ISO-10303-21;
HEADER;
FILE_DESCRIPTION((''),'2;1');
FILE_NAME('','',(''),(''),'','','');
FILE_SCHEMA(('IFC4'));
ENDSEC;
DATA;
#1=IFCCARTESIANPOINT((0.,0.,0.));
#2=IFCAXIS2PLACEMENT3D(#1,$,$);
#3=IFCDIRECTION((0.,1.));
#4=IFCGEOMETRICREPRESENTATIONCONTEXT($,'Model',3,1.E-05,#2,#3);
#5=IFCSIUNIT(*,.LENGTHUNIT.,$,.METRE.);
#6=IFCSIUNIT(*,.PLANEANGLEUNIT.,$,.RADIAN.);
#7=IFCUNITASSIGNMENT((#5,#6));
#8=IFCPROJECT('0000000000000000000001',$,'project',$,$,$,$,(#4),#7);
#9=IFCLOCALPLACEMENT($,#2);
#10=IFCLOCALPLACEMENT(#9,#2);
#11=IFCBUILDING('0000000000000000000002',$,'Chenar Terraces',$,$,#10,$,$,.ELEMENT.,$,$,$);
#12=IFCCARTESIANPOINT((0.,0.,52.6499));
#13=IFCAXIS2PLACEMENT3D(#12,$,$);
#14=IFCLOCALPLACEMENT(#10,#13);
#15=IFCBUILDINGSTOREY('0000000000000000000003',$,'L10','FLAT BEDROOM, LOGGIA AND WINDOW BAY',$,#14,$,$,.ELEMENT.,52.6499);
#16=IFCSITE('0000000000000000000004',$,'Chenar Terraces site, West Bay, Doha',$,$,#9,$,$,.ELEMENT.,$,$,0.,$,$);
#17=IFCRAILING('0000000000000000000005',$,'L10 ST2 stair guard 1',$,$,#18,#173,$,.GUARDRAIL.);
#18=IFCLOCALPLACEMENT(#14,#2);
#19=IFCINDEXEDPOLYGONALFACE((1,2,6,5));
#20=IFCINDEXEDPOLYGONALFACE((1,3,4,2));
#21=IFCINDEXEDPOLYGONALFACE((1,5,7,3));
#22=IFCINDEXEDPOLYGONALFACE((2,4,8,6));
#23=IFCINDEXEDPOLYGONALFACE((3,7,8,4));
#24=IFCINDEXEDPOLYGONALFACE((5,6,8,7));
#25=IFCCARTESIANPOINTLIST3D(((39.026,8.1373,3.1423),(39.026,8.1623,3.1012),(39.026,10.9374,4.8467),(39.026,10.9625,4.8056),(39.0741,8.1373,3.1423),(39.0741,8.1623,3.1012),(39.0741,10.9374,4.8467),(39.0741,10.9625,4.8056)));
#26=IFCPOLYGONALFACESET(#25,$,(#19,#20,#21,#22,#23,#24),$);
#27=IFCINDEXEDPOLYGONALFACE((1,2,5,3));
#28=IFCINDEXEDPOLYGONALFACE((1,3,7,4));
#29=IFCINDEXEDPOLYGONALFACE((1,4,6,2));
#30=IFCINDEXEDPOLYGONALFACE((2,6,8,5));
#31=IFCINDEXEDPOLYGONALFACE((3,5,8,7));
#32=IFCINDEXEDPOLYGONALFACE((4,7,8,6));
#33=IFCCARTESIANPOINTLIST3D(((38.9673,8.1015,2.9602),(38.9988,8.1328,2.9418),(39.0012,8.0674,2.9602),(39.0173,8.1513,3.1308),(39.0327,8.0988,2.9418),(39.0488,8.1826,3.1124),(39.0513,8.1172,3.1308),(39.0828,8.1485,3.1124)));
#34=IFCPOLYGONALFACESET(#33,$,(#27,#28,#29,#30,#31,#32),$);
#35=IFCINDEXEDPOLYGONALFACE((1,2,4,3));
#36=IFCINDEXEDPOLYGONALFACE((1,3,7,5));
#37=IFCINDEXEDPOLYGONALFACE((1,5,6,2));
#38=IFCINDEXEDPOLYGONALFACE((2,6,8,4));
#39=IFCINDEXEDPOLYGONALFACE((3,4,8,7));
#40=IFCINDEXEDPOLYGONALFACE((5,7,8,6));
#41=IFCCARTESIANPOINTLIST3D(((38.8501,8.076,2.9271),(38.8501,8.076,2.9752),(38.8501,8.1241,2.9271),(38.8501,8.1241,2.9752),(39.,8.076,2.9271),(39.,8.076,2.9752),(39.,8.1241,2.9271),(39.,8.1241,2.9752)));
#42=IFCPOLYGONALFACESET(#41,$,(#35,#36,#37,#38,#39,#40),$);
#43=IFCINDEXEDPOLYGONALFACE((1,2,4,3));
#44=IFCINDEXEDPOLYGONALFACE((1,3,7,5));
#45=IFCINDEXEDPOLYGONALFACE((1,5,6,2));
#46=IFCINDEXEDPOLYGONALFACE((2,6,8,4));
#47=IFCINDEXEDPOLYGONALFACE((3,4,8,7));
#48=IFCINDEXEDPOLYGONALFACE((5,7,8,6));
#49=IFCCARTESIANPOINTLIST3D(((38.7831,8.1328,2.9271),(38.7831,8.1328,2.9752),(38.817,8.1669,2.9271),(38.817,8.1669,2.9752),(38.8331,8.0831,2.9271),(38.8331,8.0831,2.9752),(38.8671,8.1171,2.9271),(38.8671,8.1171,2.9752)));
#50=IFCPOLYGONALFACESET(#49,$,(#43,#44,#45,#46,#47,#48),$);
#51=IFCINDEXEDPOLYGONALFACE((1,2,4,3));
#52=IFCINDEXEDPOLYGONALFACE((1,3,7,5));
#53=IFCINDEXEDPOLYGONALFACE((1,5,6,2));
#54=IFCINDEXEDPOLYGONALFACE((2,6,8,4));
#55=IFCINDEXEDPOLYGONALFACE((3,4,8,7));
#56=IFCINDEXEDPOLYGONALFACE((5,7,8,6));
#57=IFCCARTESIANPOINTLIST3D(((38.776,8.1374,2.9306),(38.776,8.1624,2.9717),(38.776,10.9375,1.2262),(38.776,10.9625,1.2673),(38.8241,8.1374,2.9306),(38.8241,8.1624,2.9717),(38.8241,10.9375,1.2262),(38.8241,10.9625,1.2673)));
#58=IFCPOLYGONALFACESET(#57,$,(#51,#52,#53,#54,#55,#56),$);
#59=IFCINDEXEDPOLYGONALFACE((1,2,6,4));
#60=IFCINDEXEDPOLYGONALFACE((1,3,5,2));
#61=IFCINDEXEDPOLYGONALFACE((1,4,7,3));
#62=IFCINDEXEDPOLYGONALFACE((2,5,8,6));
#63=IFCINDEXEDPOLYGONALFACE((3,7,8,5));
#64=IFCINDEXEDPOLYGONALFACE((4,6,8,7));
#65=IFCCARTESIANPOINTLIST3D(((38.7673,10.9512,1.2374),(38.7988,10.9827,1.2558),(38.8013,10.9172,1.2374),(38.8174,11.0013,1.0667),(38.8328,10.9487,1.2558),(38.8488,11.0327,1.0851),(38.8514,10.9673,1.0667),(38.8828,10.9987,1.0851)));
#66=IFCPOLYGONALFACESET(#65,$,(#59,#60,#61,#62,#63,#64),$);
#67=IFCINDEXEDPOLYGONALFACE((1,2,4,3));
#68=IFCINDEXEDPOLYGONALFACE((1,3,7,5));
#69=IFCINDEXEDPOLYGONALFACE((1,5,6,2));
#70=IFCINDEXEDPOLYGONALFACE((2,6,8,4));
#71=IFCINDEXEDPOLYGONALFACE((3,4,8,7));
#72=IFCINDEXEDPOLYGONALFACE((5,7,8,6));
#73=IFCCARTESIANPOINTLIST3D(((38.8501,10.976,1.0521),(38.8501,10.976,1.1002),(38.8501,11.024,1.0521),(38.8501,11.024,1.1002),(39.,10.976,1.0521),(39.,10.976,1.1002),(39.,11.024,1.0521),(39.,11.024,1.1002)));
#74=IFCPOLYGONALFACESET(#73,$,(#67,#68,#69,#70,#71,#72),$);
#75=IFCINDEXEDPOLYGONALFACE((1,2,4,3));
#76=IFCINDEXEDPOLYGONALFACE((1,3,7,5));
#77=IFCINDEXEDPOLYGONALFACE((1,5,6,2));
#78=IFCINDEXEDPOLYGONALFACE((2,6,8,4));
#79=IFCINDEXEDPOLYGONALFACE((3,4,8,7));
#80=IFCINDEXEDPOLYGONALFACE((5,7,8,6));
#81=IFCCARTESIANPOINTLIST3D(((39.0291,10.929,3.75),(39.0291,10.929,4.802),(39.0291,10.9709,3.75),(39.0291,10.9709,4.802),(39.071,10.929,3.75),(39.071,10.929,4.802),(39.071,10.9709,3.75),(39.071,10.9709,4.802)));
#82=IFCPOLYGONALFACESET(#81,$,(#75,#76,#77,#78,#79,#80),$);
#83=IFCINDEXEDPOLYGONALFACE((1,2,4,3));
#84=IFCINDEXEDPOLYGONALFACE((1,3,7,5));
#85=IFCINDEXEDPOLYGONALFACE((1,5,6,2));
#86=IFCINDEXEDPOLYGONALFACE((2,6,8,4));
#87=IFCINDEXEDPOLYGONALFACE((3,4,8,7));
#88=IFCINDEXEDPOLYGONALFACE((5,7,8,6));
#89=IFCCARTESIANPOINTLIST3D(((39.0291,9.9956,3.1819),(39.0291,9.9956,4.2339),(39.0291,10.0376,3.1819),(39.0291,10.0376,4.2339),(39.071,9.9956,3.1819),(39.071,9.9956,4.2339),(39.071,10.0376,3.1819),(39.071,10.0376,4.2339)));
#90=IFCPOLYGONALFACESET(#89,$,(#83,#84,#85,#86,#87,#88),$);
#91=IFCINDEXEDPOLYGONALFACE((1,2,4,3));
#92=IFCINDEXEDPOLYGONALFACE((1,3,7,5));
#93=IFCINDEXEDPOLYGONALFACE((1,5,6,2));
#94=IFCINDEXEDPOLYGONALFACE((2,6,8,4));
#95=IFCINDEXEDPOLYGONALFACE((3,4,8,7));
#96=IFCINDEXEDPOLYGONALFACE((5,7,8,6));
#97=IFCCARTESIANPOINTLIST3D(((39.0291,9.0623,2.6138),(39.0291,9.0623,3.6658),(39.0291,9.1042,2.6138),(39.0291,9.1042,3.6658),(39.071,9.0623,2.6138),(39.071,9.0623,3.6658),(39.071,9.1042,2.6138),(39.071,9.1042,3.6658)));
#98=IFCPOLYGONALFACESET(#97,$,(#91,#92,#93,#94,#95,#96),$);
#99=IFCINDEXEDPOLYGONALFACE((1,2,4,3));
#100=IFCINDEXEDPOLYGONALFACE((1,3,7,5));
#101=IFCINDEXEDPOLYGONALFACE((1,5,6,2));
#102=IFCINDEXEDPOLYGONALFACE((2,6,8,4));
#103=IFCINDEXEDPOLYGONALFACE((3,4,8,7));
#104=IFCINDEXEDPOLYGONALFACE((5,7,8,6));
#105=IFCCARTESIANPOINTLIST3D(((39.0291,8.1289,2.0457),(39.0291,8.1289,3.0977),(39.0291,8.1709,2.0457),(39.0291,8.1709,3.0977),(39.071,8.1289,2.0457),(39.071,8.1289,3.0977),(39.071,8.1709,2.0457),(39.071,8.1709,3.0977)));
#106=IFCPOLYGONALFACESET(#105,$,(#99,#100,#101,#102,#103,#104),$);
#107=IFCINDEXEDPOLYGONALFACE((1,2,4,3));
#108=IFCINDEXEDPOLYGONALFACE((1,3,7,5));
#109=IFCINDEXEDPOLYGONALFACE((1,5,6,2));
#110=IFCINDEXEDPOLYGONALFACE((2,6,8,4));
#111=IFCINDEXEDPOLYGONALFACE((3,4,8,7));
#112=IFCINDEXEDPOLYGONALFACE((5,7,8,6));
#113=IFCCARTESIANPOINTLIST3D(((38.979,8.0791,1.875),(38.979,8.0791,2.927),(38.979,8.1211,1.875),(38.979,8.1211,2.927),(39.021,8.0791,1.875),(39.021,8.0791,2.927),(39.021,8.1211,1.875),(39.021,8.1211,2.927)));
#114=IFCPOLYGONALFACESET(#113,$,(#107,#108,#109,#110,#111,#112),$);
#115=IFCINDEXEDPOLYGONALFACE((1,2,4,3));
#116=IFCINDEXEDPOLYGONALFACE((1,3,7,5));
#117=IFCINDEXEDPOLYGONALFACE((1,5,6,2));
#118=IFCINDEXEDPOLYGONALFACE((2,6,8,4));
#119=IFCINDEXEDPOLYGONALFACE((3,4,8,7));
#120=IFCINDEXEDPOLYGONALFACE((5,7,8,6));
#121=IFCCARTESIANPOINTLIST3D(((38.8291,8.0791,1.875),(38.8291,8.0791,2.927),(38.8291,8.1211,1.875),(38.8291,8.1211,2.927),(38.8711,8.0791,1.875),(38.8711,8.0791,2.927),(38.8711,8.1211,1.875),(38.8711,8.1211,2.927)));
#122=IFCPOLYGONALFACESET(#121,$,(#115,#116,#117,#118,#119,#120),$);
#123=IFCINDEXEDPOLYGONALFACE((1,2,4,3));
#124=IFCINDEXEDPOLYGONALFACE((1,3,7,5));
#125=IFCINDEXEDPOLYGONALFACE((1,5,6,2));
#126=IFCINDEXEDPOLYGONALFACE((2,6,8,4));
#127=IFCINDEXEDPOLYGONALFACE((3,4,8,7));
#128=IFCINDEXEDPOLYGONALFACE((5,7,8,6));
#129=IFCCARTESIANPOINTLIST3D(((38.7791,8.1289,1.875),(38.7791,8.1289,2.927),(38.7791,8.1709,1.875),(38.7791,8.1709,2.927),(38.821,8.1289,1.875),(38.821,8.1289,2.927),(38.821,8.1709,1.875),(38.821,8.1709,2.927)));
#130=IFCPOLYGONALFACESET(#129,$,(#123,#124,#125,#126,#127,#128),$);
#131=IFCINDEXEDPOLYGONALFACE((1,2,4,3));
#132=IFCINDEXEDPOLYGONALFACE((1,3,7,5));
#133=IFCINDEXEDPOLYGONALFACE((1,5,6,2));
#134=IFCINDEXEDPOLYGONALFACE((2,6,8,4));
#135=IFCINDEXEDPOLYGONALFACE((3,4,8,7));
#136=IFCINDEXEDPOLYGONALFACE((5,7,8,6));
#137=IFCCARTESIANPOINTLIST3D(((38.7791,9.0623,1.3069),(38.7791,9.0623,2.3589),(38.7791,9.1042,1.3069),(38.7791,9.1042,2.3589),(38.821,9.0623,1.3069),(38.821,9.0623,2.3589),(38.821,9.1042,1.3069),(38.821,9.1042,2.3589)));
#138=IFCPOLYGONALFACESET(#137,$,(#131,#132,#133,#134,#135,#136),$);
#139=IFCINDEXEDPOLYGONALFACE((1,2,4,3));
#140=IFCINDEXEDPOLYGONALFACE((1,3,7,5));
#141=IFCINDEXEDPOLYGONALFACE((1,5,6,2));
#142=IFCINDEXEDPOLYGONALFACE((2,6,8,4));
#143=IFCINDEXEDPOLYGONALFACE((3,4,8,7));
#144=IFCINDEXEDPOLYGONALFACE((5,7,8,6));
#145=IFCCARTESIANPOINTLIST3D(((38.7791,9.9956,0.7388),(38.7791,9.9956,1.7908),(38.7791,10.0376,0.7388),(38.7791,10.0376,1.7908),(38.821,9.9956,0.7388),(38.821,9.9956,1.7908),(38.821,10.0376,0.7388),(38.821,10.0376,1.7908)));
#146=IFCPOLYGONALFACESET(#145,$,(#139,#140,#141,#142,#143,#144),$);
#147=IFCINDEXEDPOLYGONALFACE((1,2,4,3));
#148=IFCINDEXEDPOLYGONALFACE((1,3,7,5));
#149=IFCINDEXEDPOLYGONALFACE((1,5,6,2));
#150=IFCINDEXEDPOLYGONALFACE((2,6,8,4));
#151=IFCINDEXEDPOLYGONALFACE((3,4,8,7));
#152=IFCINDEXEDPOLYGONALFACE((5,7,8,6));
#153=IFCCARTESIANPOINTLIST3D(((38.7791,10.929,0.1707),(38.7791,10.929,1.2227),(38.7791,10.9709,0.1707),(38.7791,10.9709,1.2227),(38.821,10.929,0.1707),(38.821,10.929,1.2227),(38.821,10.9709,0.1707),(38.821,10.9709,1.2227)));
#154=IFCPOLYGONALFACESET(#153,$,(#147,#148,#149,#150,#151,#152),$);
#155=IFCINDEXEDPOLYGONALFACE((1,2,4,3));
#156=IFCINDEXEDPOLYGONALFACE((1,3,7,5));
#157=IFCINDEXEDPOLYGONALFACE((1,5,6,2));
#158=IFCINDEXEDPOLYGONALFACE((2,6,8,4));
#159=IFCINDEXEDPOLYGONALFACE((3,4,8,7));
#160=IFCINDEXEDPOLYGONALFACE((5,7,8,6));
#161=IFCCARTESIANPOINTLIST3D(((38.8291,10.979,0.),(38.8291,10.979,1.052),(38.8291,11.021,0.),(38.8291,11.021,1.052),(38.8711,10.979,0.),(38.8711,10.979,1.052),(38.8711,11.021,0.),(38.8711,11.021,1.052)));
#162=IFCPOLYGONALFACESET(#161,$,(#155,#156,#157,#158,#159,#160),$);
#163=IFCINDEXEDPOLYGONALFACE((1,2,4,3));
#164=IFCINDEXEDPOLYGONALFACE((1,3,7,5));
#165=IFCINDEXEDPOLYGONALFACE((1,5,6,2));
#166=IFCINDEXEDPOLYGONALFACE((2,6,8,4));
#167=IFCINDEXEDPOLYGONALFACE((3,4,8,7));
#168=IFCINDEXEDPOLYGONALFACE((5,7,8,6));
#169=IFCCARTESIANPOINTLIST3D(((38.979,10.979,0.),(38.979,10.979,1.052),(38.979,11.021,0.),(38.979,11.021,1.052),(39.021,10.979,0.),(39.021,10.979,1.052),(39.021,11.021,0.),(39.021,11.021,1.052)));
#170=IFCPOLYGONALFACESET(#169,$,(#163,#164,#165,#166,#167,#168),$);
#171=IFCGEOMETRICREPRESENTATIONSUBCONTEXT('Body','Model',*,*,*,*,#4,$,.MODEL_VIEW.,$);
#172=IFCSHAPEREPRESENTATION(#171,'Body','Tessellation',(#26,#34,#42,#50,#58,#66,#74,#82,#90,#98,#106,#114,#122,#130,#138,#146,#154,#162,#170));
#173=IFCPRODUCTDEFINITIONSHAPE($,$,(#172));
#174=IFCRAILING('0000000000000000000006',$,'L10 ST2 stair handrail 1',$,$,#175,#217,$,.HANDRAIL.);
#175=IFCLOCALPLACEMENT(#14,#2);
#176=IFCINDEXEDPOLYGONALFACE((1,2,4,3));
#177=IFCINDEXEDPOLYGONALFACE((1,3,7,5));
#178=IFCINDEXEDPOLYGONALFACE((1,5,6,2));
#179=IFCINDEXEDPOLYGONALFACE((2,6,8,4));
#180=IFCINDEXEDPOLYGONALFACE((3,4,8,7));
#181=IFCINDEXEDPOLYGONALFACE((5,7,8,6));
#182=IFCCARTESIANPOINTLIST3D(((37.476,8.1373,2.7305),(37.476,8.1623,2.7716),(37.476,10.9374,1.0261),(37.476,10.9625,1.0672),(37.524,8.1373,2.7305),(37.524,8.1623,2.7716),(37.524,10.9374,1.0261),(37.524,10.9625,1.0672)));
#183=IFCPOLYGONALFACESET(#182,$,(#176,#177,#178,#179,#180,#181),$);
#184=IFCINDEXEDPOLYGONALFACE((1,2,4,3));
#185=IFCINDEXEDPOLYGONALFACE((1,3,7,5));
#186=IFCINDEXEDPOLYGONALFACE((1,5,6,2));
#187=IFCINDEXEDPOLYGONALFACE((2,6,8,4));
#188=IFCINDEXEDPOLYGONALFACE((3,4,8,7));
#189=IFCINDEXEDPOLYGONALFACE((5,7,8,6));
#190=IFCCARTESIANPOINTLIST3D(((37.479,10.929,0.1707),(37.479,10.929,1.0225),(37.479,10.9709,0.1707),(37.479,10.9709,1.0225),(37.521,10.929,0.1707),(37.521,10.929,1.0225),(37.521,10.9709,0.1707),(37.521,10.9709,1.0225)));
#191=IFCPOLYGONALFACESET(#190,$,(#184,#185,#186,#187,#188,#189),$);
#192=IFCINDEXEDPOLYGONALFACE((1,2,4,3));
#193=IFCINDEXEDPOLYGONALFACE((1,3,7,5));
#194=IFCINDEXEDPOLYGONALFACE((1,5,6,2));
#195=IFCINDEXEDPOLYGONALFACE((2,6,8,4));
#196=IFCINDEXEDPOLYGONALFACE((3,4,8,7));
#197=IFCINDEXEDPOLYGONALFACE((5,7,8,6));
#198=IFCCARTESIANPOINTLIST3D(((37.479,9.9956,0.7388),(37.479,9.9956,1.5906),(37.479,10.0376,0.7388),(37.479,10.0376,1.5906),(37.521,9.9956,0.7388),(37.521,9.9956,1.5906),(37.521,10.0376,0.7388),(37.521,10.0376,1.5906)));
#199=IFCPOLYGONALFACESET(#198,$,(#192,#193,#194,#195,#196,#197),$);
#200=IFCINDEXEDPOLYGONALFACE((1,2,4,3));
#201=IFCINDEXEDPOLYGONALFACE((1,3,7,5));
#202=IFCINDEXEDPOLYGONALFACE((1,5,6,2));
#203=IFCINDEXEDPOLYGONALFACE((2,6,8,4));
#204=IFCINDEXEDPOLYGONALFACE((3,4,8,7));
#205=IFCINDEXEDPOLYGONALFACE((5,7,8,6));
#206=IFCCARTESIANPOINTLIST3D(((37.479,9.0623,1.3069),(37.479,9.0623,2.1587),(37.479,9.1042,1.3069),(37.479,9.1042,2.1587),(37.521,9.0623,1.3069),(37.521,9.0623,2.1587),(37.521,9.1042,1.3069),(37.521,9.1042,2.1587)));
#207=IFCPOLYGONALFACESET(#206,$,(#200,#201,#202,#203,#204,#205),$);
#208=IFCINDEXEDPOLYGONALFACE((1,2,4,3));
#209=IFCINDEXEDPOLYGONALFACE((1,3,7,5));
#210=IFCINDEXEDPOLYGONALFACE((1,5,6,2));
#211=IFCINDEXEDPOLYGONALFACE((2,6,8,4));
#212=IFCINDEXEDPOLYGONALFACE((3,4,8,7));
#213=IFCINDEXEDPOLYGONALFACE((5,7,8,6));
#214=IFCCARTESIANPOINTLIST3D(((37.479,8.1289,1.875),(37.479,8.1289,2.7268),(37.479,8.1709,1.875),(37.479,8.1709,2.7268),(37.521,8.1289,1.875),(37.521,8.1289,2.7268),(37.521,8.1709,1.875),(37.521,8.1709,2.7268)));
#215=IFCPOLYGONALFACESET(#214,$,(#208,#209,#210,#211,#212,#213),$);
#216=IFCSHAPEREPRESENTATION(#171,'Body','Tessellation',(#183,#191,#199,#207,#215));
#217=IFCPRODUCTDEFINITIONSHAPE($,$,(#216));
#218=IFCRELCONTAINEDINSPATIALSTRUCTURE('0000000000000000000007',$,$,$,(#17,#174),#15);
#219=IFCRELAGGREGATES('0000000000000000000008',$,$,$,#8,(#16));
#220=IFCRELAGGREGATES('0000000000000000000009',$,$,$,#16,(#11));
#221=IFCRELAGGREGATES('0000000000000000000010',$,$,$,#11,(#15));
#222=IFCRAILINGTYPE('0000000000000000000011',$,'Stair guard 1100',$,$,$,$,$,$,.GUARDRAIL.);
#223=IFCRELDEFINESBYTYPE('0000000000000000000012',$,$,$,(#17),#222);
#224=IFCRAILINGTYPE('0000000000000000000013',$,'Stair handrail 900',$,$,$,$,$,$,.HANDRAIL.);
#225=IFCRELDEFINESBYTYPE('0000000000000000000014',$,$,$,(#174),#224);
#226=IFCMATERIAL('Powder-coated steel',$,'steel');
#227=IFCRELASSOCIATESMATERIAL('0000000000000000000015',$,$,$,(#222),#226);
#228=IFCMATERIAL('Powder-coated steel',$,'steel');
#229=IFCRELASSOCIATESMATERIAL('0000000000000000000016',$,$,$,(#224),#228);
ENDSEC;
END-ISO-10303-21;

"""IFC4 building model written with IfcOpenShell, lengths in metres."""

from ifc_helpers import new_model, si_unit, direction, frame, origin, origin_2d, place, context, subcontext, project, spatial, rectangle, extrude, material, type_object, element, save


model = new_model("IFC4")

# Units and contexts
model_context = context("Model", 3, precision=1e-05, world=origin(), true_north=direction((0.0, 1.0)))
body_context = subcontext(model_context, "Body", "Model", "MODEL_VIEW")
ifc_project = project(units=[si_unit("LENGTHUNIT", "METRE"), si_unit("PLANEANGLEUNIT", "RADIAN")], contexts=[model_context])

# Site, building, storey
site_placement = place(None, origin())
site = spatial("IfcSite", under=ifc_project, at=site_placement, Name="Chenar Terraces site, West Bay, Doha", CompositionType="ELEMENT", RefElevation=0.0)
building_placement = place(site_placement, origin())
building = spatial("IfcBuilding", under=site, at=building_placement, Name="Chenar Terraces", CompositionType="ELEMENT")
storey_placement = place(building_placement, frame((0.0, 0.0, 52.6499)))
storey = spatial("IfcBuildingStorey", under=building, at=storey_placement, Name="L10", Description="FLAT BEDROOM, LOGGIA AND WINDOW BAY", CompositionType="ELEMENT", Elevation=52.6499)

# Railings
ifc_material_1 = material(Name="Powder-coated steel", Category="steel")
railing_type_1 = type_object("IfcRailingType", Name="Stair guard 1100", PredefinedType="GUARDRAIL", material=ifc_material_1)
railing_1_placement = place(storey_placement, frame((39.05, 10.95, 3.75)))
element("IfcRailing", 1, at=railing_1_placement, inside=storey, type_object=railing_type_1, Name="L10 ST2 stair guard 1", PredefinedType="GUARDRAIL", context=body_context, shape_type="SweptSolid", body=[
    extrude(rectangle(XDim=0.0481, YDim=0.0481, at=origin_2d()), frame((0.0, 0.0, 1.0762), z_axis=(0.0, -0.854203, -0.51994), x_axis=(1.0, 0.0, 0.0)), (0.0, 0.0, 1.0), 3.2781),
    extrude(rectangle(XDim=0.0481, YDim=0.0481, at=origin_2d()), frame((0.0, -2.8, -0.6284), z_axis=(-0.270997, -0.269675, -0.924033), x_axis=(0.705376, -0.708834, 0.0)), (0.0, 0.0, 1.0), 0.1846),
    extrude(rectangle(XDim=0.0481, YDim=0.0481, at=origin_2d()), frame((-0.05, -2.8499, -0.7988), z_axis=(-1.0, 0.0, 0.0), x_axis=(0.0, -1.0, 0.0)), (0.0, 0.0, 1.0), 0.1499),
    extrude(rectangle(XDim=0.0481, YDim=0.0481, at=origin_2d()), frame((-0.2, -2.8499, -0.7988), z_axis=(-0.708834, 0.705376, 0.0), x_axis=(-0.705376, -0.708834, 0.0)), (0.0, 0.0, 1.0), 0.0706),
    extrude(rectangle(XDim=0.0481, YDim=0.0481, at=origin_2d()), frame((-0.25, -2.8, -0.7988), z_axis=(0.0, 0.854203, -0.51994), x_axis=(-1.0, 0.0, 0.0)), (0.0, 0.0, 1.0), 3.2781),
    extrude(rectangle(XDim=0.0481, YDim=0.0481, at=origin_2d()), frame((-0.25, 0.0, -2.5034), z_axis=(0.2709, 0.2709, -0.923703), x_axis=(-0.707107, 0.707107, 0.0)), (0.0, 0.0, 1.0), 0.1848),
    extrude(rectangle(XDim=0.0481, YDim=0.0481, at=origin_2d()), frame((-0.2, 0.05, -2.6738), z_axis=(1.0, 0.0, 0.0), x_axis=(0.0, 1.0, 0.0)), (0.0, 0.0, 1.0), 0.1499),
    extrude(rectangle(XDim=0.042, YDim=0.042, at=origin_2d()), origin(), (0.0, 0.0, 1.0), 1.052),
    extrude(rectangle(XDim=0.042, YDim=0.042, at=origin_2d()), frame((0.0, -0.9333, -0.5681)), (0.0, 0.0, 1.0), 1.052),
    extrude(rectangle(XDim=0.042, YDim=0.042, at=origin_2d()), frame((0.0, -1.8667, -1.1362)), (0.0, 0.0, 1.0), 1.052),
    extrude(rectangle(XDim=0.042, YDim=0.042, at=origin_2d()), frame((0.0, -2.8, -1.7043)), (0.0, 0.0, 1.0), 1.052),
    extrude(rectangle(XDim=0.042, YDim=0.042, at=origin_2d()), frame((-0.05, -2.8499, -1.875)), (0.0, 0.0, 1.0), 1.052),
    extrude(rectangle(XDim=0.042, YDim=0.042, at=origin_2d()), frame((-0.2, -2.8499, -1.875)), (0.0, 0.0, 1.0), 1.052),
    extrude(rectangle(XDim=0.042, YDim=0.042, at=origin_2d()), frame((-0.25, -2.8, -1.875)), (0.0, 0.0, 1.0), 1.052),
    extrude(rectangle(XDim=0.042, YDim=0.042, at=origin_2d()), frame((-0.25, -1.8667, -2.4431)), (0.0, 0.0, 1.0), 1.052),
    extrude(rectangle(XDim=0.042, YDim=0.042, at=origin_2d()), frame((-0.25, -0.9333, -3.0112)), (0.0, 0.0, 1.0), 1.052),
    extrude(rectangle(XDim=0.042, YDim=0.042, at=origin_2d()), frame((-0.25, 0.0, -3.5793)), (0.0, 0.0, 1.0), 1.052),
    extrude(rectangle(XDim=0.042, YDim=0.042, at=origin_2d()), frame((-0.2, 0.05, -3.75)), (0.0, 0.0, 1.0), 1.052),
    extrude(rectangle(XDim=0.042, YDim=0.042, at=origin_2d()), frame((-0.05, 0.05, -3.75)), (0.0, 0.0, 1.0), 1.052),
])
ifc_material_2 = material(Name="Powder-coated steel", Category="steel")
railing_type_2 = type_object("IfcRailingType", Name="Stair handrail 900", PredefinedType="HANDRAIL", material=ifc_material_2)
railing_2_placement = place(storey_placement, frame((37.5, 10.95, 0.1707)))
element("IfcRailing", 2, at=railing_2_placement, inside=storey, type_object=railing_type_2, Name="L10 ST2 stair handrail 1", PredefinedType="HANDRAIL", context=body_context, shape_type="SweptSolid", body=[
    extrude(rectangle(XDim=0.0481, YDim=0.0481, at=origin_2d()), frame((0.0, 0.0, 0.876), z_axis=(0.0, -0.854203, 0.51994), x_axis=(1.0, 0.0, 0.0)), (0.0, 0.0, 1.0), 3.2781),
    extrude(rectangle(XDim=0.042, YDim=0.042, at=origin_2d()), origin(), (0.0, 0.0, 1.0), 0.8518),
    extrude(rectangle(XDim=0.042, YDim=0.042, at=origin_2d()), frame((0.0, -0.9333, 0.5681)), (0.0, 0.0, 1.0), 0.8518),
    extrude(rectangle(XDim=0.042, YDim=0.042, at=origin_2d()), frame((0.0, -1.8667, 1.1362)), (0.0, 0.0, 1.0), 0.8518),
    extrude(rectangle(XDim=0.042, YDim=0.042, at=origin_2d()), frame((0.0, -2.8, 1.7043)), (0.0, 0.0, 1.0), 0.8518),
])

save(model, "model.ifc")
